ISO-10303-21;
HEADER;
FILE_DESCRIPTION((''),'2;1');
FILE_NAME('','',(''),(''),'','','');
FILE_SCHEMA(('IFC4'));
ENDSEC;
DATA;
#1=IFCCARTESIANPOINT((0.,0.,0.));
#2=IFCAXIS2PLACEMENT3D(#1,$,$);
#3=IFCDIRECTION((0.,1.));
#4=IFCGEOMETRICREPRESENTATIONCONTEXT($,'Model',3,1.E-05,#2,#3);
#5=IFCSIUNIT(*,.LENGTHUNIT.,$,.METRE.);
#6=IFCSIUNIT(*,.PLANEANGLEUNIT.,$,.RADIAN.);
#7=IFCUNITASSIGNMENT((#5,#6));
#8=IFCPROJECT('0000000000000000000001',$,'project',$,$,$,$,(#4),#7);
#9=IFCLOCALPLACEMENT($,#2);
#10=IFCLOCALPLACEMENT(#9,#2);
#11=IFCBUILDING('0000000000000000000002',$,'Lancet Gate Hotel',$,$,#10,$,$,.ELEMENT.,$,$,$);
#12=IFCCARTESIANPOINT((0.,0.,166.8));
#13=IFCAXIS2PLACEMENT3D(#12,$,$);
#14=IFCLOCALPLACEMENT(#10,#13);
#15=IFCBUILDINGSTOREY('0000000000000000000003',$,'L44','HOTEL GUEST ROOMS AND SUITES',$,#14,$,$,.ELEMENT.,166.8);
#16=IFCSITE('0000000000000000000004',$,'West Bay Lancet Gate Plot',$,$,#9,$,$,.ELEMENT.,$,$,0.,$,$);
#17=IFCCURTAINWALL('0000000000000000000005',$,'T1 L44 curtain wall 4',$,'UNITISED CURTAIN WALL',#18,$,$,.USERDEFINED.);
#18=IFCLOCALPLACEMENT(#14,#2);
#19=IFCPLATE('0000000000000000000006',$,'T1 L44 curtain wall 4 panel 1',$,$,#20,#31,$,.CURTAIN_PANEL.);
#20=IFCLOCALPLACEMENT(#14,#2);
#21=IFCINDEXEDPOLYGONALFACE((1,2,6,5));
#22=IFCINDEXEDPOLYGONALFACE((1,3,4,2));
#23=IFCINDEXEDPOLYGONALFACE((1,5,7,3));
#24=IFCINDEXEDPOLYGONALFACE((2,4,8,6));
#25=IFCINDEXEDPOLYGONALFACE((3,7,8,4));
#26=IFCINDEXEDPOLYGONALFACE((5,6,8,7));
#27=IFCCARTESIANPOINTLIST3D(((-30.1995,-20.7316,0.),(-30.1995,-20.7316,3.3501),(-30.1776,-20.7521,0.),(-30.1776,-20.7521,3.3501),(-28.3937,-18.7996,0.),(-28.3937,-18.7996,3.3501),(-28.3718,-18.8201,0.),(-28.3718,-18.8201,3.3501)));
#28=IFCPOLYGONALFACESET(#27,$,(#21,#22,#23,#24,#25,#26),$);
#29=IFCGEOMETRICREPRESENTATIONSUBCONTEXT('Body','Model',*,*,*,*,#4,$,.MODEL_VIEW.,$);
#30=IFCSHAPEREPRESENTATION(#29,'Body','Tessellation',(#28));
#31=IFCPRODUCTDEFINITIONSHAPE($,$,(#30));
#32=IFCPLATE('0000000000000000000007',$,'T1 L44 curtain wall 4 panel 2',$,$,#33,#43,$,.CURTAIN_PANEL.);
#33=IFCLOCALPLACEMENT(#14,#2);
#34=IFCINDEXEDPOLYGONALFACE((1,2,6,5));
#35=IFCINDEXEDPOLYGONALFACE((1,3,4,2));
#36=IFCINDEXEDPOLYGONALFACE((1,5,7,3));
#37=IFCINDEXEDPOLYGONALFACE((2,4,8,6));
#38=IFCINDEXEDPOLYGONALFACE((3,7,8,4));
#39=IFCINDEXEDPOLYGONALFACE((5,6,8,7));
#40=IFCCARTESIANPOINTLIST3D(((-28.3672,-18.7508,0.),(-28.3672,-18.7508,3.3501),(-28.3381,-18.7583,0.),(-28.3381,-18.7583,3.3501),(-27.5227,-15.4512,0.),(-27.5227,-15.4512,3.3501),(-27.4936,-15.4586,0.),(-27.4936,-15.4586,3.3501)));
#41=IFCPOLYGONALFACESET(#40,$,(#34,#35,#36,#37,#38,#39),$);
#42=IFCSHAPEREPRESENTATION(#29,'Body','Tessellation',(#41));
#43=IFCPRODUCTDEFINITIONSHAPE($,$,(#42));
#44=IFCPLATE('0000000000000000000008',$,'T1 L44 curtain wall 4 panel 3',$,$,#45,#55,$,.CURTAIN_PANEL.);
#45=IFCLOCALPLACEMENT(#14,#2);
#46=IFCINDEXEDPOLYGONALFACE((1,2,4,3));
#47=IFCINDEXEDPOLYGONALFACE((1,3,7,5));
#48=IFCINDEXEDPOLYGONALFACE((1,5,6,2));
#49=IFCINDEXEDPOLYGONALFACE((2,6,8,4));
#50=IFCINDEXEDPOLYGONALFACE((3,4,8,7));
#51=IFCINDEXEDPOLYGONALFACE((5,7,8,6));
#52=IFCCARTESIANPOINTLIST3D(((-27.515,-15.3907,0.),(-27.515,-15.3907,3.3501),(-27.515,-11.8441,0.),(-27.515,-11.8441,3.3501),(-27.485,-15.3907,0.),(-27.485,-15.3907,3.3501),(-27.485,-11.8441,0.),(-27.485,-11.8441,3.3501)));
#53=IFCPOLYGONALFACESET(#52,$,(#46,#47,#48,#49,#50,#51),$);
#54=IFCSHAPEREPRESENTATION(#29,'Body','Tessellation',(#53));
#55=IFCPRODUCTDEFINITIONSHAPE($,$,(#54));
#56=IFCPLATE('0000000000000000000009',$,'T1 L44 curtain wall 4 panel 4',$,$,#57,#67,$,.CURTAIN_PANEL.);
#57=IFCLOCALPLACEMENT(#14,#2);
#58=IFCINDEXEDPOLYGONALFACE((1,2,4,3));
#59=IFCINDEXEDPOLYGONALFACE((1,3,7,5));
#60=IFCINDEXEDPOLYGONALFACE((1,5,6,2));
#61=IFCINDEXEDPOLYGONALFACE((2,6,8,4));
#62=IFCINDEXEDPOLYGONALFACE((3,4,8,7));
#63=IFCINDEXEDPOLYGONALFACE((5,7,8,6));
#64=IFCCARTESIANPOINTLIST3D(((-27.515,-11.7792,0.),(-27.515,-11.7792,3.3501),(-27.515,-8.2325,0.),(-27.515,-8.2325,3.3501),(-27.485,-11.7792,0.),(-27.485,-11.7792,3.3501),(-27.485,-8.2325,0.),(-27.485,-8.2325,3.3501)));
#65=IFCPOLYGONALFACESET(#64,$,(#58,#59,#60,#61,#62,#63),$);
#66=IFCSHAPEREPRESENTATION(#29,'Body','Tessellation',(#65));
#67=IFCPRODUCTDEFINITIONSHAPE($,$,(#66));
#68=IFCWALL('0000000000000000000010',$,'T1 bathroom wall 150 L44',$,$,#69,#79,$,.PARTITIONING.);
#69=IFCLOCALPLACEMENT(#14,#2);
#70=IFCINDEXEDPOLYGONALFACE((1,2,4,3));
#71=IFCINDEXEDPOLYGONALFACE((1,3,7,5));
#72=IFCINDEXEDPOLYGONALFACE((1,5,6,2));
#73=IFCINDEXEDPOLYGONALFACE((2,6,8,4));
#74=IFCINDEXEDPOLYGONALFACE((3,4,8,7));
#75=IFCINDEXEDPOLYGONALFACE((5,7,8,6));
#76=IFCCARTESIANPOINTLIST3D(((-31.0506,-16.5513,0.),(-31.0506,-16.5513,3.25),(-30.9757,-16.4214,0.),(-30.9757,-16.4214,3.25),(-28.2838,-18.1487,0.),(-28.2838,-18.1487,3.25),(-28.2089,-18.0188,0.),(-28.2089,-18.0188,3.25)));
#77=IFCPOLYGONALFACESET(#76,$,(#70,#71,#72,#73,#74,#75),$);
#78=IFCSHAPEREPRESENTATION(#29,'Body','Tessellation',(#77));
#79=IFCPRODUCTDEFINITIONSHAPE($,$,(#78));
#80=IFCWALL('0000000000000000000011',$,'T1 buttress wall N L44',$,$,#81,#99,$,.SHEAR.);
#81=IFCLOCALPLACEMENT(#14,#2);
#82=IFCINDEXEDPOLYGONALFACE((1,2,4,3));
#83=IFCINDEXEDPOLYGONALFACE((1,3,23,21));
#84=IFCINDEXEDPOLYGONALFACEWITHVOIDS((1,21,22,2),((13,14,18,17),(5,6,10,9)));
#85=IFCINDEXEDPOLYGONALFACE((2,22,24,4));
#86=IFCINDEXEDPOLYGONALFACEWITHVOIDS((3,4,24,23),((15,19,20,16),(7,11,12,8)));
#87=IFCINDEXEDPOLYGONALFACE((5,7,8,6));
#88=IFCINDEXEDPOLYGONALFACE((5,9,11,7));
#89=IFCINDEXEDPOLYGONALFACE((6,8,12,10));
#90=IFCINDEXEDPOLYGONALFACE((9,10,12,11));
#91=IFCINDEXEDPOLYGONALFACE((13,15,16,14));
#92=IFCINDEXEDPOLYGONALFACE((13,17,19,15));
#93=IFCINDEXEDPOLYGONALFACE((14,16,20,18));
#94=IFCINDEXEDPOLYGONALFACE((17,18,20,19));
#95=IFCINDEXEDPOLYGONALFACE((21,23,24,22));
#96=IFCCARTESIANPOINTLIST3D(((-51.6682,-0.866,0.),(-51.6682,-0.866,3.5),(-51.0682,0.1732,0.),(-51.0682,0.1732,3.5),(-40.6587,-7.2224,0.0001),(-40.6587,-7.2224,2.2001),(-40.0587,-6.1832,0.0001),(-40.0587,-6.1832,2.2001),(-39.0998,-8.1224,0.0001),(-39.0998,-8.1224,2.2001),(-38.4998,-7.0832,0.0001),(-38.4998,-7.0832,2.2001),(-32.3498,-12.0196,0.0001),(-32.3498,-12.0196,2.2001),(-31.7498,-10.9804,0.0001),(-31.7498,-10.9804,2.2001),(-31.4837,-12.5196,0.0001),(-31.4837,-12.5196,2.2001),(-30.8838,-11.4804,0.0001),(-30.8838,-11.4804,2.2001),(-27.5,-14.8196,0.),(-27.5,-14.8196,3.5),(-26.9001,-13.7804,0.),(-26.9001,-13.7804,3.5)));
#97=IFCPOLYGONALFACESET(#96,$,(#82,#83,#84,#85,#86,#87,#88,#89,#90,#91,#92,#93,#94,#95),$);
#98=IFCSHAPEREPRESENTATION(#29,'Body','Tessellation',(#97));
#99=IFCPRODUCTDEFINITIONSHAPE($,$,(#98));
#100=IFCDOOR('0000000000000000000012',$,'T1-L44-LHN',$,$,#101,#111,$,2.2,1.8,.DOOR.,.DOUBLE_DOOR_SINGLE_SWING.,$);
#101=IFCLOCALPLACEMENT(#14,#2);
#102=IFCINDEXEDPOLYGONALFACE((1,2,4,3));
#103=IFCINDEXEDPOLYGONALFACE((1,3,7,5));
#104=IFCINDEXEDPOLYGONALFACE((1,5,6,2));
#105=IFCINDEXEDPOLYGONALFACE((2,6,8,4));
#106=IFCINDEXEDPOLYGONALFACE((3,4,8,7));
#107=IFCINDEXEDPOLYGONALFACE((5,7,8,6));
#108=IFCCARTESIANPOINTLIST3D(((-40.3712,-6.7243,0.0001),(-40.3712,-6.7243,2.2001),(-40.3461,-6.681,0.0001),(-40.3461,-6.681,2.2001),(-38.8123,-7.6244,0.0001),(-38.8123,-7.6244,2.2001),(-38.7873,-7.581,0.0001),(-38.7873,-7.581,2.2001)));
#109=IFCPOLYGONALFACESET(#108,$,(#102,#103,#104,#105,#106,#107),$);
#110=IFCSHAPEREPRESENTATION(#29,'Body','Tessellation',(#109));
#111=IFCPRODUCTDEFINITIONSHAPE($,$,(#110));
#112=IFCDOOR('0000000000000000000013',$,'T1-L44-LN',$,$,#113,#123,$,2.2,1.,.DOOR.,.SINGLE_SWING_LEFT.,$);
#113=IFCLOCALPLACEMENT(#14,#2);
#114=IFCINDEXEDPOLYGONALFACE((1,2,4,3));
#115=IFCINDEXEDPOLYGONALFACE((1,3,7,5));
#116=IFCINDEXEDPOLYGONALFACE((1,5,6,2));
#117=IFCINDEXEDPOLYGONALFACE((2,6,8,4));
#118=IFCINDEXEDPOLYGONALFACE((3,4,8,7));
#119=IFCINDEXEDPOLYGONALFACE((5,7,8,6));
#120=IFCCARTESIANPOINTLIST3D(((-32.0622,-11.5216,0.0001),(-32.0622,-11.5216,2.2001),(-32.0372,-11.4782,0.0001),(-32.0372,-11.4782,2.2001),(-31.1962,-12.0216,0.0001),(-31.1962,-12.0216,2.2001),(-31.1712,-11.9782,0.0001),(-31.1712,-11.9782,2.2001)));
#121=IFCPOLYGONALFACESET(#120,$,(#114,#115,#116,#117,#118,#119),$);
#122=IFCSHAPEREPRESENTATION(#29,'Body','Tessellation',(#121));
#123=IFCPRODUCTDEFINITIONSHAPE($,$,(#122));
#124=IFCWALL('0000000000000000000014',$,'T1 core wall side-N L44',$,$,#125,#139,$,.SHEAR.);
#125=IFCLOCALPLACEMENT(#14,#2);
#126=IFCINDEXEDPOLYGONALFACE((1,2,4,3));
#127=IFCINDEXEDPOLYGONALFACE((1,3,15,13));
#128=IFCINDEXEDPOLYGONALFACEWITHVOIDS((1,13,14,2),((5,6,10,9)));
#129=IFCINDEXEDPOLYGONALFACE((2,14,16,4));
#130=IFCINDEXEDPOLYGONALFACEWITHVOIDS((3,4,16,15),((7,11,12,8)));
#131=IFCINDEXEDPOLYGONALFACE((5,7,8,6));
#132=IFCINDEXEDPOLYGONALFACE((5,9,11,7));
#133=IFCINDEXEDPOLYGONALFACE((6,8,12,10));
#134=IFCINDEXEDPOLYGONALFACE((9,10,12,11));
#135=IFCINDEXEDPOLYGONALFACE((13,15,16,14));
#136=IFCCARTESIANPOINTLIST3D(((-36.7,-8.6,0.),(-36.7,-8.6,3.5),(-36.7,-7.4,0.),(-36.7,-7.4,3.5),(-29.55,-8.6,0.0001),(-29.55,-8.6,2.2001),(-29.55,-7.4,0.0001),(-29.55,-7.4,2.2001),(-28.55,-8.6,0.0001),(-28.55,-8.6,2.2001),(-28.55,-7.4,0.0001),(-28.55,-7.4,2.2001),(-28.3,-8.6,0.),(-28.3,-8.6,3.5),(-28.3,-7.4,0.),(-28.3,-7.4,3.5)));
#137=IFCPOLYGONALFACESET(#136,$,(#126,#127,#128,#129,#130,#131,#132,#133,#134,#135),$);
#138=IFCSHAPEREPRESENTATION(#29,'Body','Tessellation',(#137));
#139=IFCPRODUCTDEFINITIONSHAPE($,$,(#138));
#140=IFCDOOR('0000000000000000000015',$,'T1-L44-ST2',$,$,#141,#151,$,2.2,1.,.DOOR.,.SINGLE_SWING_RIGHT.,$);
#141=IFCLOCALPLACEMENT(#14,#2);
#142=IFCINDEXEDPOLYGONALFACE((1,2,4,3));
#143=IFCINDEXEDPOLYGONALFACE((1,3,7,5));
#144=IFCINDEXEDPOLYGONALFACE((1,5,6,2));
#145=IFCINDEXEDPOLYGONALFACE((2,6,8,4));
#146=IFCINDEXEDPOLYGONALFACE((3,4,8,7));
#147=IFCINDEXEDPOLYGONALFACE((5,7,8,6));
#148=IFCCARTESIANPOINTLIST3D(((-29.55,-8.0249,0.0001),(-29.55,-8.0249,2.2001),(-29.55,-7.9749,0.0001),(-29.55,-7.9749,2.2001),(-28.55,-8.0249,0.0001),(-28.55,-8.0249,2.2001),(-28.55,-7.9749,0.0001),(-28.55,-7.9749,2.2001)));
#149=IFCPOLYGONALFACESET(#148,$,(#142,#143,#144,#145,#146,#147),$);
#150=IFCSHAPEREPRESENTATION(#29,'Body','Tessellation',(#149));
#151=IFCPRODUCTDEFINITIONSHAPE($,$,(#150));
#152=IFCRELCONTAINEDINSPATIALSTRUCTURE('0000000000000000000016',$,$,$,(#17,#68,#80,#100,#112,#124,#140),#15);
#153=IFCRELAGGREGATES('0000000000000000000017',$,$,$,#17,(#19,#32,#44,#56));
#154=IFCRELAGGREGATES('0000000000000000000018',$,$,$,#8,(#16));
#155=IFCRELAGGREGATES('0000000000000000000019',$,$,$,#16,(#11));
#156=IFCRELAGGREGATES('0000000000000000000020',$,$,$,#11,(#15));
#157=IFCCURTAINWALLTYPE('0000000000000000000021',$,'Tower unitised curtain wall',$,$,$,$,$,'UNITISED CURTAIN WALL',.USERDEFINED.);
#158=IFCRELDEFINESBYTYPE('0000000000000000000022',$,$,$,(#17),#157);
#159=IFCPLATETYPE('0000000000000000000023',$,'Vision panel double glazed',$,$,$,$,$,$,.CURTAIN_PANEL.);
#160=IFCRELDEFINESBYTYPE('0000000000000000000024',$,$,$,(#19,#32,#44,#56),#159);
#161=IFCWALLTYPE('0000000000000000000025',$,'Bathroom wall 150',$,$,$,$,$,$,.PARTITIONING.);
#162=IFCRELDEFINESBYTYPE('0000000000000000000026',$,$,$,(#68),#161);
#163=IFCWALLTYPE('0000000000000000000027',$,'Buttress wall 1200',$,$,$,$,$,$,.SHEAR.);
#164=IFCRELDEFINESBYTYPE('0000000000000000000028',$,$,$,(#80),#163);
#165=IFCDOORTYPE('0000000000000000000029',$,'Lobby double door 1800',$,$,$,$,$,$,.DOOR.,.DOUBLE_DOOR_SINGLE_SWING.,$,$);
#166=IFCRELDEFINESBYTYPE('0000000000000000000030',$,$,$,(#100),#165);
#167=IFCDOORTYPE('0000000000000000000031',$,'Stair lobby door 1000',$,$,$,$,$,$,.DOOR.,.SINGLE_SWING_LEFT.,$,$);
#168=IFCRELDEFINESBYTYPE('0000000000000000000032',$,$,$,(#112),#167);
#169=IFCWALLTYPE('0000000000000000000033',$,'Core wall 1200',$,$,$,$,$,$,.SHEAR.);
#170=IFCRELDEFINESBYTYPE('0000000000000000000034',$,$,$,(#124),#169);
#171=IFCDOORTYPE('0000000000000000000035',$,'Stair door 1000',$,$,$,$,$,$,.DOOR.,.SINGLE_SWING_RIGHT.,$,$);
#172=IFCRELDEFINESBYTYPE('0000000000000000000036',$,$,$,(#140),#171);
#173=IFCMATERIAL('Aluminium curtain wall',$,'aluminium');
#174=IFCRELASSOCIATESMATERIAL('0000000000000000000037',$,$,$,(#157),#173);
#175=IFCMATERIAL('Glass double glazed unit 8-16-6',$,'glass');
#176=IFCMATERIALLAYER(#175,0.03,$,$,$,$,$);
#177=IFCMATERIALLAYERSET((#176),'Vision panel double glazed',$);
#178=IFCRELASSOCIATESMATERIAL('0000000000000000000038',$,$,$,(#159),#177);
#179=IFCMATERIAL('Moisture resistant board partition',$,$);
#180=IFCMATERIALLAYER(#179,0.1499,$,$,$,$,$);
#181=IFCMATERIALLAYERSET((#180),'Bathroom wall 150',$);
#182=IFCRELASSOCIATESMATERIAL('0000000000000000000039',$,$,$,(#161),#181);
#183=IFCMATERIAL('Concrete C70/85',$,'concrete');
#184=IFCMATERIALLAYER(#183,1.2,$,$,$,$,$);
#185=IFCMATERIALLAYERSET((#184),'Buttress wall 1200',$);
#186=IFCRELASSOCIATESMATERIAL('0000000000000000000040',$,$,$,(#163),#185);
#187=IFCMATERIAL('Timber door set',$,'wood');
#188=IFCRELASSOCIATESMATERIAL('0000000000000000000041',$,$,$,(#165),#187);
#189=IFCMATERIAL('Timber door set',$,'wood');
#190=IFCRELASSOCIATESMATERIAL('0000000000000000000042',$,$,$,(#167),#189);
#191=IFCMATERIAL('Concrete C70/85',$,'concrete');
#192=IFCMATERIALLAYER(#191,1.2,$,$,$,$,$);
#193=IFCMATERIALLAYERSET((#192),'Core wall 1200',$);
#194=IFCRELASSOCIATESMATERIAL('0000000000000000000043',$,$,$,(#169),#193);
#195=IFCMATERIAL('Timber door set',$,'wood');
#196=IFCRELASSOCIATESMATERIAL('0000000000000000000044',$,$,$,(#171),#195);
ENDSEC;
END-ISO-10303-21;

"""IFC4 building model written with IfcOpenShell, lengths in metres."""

from ifc_helpers import new_model, si_unit, direction, frame, frame_2d, origin, origin_2d, place, context, subcontext, project, spatial, rectangle, extrude, material, layer, layer_set, type_object, element, fill, aggregate, save


model = new_model("IFC4")

# Units and contexts
model_context = context("Model", 3, precision=1e-05, world=origin(), true_north=direction((0.0, 1.0)))
body_context = subcontext(model_context, "Body", "Model", "MODEL_VIEW")
ifc_project = project(units=[si_unit("LENGTHUNIT", "METRE"), si_unit("PLANEANGLEUNIT", "RADIAN")], contexts=[model_context])

# Site, building, storey
site_placement = place(None, origin())
site = spatial("IfcSite", under=ifc_project, at=site_placement, Name="West Bay Lancet Gate Plot", CompositionType="ELEMENT", RefElevation=0.0)
building_placement = place(site_placement, origin())
building = spatial("IfcBuilding", under=site, at=building_placement, Name="Lancet Gate Hotel", CompositionType="ELEMENT")
storey_placement = place(building_placement, frame((0.0, 0.0, 166.8)))
storey = spatial("IfcBuildingStorey", under=building, at=storey_placement, Name="L44", Description="HOTEL GUEST ROOMS AND SUITES", CompositionType="ELEMENT", Elevation=166.8)

# Curtain wall
ifc_material_1 = material(Name="Aluminium curtain wall", Category="aluminium")
curtain_wall_type = type_object("IfcCurtainWallType", Name="Tower unitised curtain wall", ElementType="UNITISED CURTAIN WALL", PredefinedType="USERDEFINED", material=ifc_material_1)
curtain_wall_placement = place(storey_placement, origin())
curtain_wall = element("IfcCurtainWall", 1, at=curtain_wall_placement, inside=storey, type_object=curtain_wall_type, Name="T1 L44 curtain wall 4", ObjectType="UNITISED CURTAIN WALL", PredefinedType="USERDEFINED")

# Plates
ifc_material_2 = material(Name="Glass double glazed unit 8-16-6", Category="glass")
ifc_layer_1 = layer(ifc_material_2, 0.03)
ifc_layer_set_1 = layer_set([ifc_layer_1], Name="Vision panel double glazed")
plate_type = type_object("IfcPlateType", Name="Vision panel double glazed", PredefinedType="CURTAIN_PANEL", material=ifc_layer_set_1)
plate_1_placement = place(storey_placement, frame((-29.2856, -19.7759, 0.0), z_axis=(0.0, 0.0, 1.0), x_axis=(0.682845, 0.730563, 0.0)))
plate_1 = element("IfcPlate", 2, at=plate_1_placement, type_object=plate_type, Name="T1 L44 curtain wall 4 panel 1", PredefinedType="CURTAIN_PANEL", context=body_context, shape_type="SweptSolid", body=[
    extrude(rectangle(XDim=2.6445, YDim=0.03, at=origin_2d()), origin(), (0.0, 0.0, 1.0), 3.3501),
])
plate_2_placement = place(storey_placement, frame((-27.9304, -17.1047, 0.0), z_axis=(0.0, 0.0, 1.0), x_axis=(0.247937, 0.968776, 0.0)))
plate_2 = element("IfcPlate", 3, at=plate_2_placement, type_object=plate_type, Name="T1 L44 curtain wall 4 panel 2", PredefinedType="CURTAIN_PANEL", context=body_context, shape_type="SweptSolid", body=[
    extrude(rectangle(XDim=3.406, YDim=0.03, at=origin_2d()), origin(), (0.0, 0.0, 1.0), 3.3501),
])
plate_3_placement = place(storey_placement, frame((-27.5, -13.6174, 0.0), z_axis=(0.0, 0.0, 1.0), x_axis=(0.0, 1.0, 0.0)))
plate_3 = element("IfcPlate", 4, at=plate_3_placement, type_object=plate_type, Name="T1 L44 curtain wall 4 panel 3", PredefinedType="CURTAIN_PANEL", context=body_context, shape_type="SweptSolid", body=[
    extrude(rectangle(XDim=3.5466, YDim=0.03, at=origin_2d()), origin(), (0.0, 0.0, 1.0), 3.3501),
])
plate_4_placement = place(storey_placement, frame((-27.5, -10.0059, 0.0), z_axis=(0.0, 0.0, 1.0), x_axis=(0.0, 1.0, 0.0)))
plate_4 = element("IfcPlate", 5, at=plate_4_placement, type_object=plate_type, Name="T1 L44 curtain wall 4 panel 4", PredefinedType="CURTAIN_PANEL", context=body_context, shape_type="SweptSolid", body=[
    extrude(rectangle(XDim=3.5466, YDim=0.03, at=origin_2d()), origin(), (0.0, 0.0, 1.0), 3.3501),
])
aggregate(curtain_wall, [plate_1, plate_2, plate_3, plate_4])

# Wall
ifc_material_3 = material(Name="Moisture resistant board partition")
ifc_layer_2 = layer(ifc_material_3, 0.1499)
ifc_layer_set_2 = layer_set([ifc_layer_2], Name="Bathroom wall 150")
wall_type_1 = type_object("IfcWallType", Name="Bathroom wall 150", PredefinedType="PARTITIONING", material=ifc_layer_set_2)
wall_1_placement = place(storey_placement, frame((-28.2463, -18.0837, 0.0), z_axis=(0.0, 0.0, 1.0), x_axis=(-0.866029, 0.499994, 0.0)))
element("IfcWall", 6, at=wall_1_placement, inside=storey, type_object=wall_type_1, Name="T1 bathroom wall 150 L44", PredefinedType="PARTITIONING", context=body_context, shape_type="SweptSolid", body=[
    extrude(rectangle(XDim=3.1948, YDim=0.1499, at=frame_2d((1.5974, 0.0))), origin(), (0.0, 0.0, 1.0), 3.25),
])

# Wall, openings, doors
ifc_material_4 = material(Name="Concrete C70/85", Category="concrete")
ifc_layer_3 = layer(ifc_material_4, 1.2)
ifc_layer_set_3 = layer_set([ifc_layer_3], Name="Buttress wall 1200")
wall_type_2 = type_object("IfcWallType", Name="Buttress wall 1200", PredefinedType="SHEAR", material=ifc_layer_set_3)
wall_2_placement = place(storey_placement, frame((-27.2, -14.3, 0.0), z_axis=(0.0, 0.0, 1.0), x_axis=(-0.866024, 0.500002, 0.0)))
wall_2 = element("IfcWall", 7, at=wall_2_placement, inside=storey, type_object=wall_type_2, Name="T1 buttress wall N L44", PredefinedType="SHEAR", context=body_context, shape_type="SweptSolid", body=[
    extrude(rectangle(XDim=27.907, YDim=1.2, at=frame_2d((13.9536, 0.0))), origin(), (0.0, 0.0, 1.0), 3.5),
])
opening_1_placement = place(wall_2_placement, frame((4.6001, 0.0, 0.0)))
opening_1 = element("IfcOpeningElement", 8, at=opening_1_placement, cuts=wall_2, PredefinedType="OPENING", context=body_context, shape_type="SweptSolid", body=[
    extrude(rectangle(XDim=1.0, YDim=2.2, at=frame_2d((0.5, 1.1001))), frame((0.0, 0.6099, 0.0), z_axis=(0.0, -1.0, 0.0), x_axis=(1.0, 0.0, 0.0)), (0.0, 0.0, 1.0), 1.22),
])
opening_2_placement = place(wall_2_placement, frame((13.3945, 0.0, 0.0)))
opening_2 = element("IfcOpeningElement", 9, at=opening_2_placement, cuts=wall_2, PredefinedType="OPENING", context=body_context, shape_type="SweptSolid", body=[
    extrude(rectangle(XDim=1.8, YDim=2.2, at=frame_2d((0.8999, 1.1001))), frame((0.0, 0.6099, 0.0), z_axis=(0.0, -1.0, 0.0), x_axis=(1.0, 0.0, 0.0)), (0.0, 0.0, 1.0), 1.22),
])
ifc_material_5 = material(Name="Timber door set", Category="wood")
door_type_1 = type_object("IfcDoorType", Name="Lobby double door 1800", OperationType="DOUBLE_DOOR_SINGLE_SWING", PredefinedType="DOOR", material=ifc_material_5)
door_1_placement = place(opening_2_placement, origin())
door_1 = element("IfcDoor", 10, at=door_1_placement, inside=storey, type_object=door_type_1, Name="T1-L44-LHN", OperationType="DOUBLE_DOOR_SINGLE_SWING", OverallHeight=2.2, OverallWidth=1.8, PredefinedType="DOOR", context=body_context, shape_type="SweptSolid", body=[
    extrude(rectangle(XDim=1.8, YDim=2.2, at=frame_2d((0.8999, 1.1001))), frame((0.0, 0.0249, 0.0), z_axis=(0.0, -1.0, 0.0), x_axis=(1.0, 0.0, 0.0)), (0.0, 0.0, 1.0), 0.05),
])
fill(opening_2, door_1)
ifc_material_6 = material(Name="Timber door set", Category="wood")
door_type_2 = type_object("IfcDoorType", Name="Stair lobby door 1000", OperationType="SINGLE_SWING_LEFT", PredefinedType="DOOR", material=ifc_material_6)
door_2_placement = place(opening_1_placement, origin())
door_2 = element("IfcDoor", 11, at=door_2_placement, inside=storey, type_object=door_type_2, Name="T1-L44-LN", OperationType="SINGLE_SWING_LEFT", OverallHeight=2.2, OverallWidth=1.0, PredefinedType="DOOR", context=body_context, shape_type="SweptSolid", body=[
    extrude(rectangle(XDim=1.0, YDim=2.2, at=frame_2d((0.5, 1.1001))), frame((0.0, 0.0249, 0.0), z_axis=(0.0, -1.0, 0.0), x_axis=(1.0, 0.0, 0.0)), (0.0, 0.0, 1.0), 0.05),
])
fill(opening_1, door_2)

# Wall, opening, door
ifc_material_7 = material(Name="Concrete C70/85", Category="concrete")
ifc_layer_4 = layer(ifc_material_7, 1.2)
ifc_layer_set_4 = layer_set([ifc_layer_4], Name="Core wall 1200")
wall_type_3 = type_object("IfcWallType", Name="Core wall 1200", PredefinedType="SHEAR", material=ifc_layer_set_4)
wall_3_placement = place(storey_placement, frame((-28.3, -8.0, 0.0), z_axis=(0.0, 0.0, 1.0), x_axis=(-1.0, 0.0, 0.0)))
wall_3 = element("IfcWall", 12, at=wall_3_placement, inside=storey, type_object=wall_type_3, Name="T1 core wall side-N L44", PredefinedType="SHEAR", context=body_context, shape_type="SweptSolid", body=[
    extrude(rectangle(XDim=8.3999, YDim=1.2, at=frame_2d((4.2, 0.0))), origin(), (0.0, 0.0, 1.0), 3.5),
])
opening_3_placement = place(wall_3_placement, frame((0.25, 0.0, 0.0)))
opening_3 = element("IfcOpeningElement", 13, at=opening_3_placement, cuts=wall_3, PredefinedType="OPENING", context=body_context, shape_type="SweptSolid", body=[
    extrude(rectangle(XDim=1.0, YDim=2.2, at=frame_2d((0.5, 1.1001))), frame((0.0, 0.6099, 0.0), z_axis=(0.0, -1.0, 0.0), x_axis=(1.0, 0.0, 0.0)), (0.0, 0.0, 1.0), 1.22),
])
ifc_material_8 = material(Name="Timber door set", Category="wood")
door_type_3 = type_object("IfcDoorType", Name="Stair door 1000", OperationType="SINGLE_SWING_RIGHT", PredefinedType="DOOR", material=ifc_material_8)
door_3_placement = place(opening_3_placement, origin())
door_3 = element("IfcDoor", 14, at=door_3_placement, inside=storey, type_object=door_type_3, Name="T1-L44-ST2", OperationType="SINGLE_SWING_RIGHT", OverallHeight=2.2, OverallWidth=1.0, PredefinedType="DOOR", context=body_context, shape_type="SweptSolid", body=[
    extrude(rectangle(XDim=1.0, YDim=2.2, at=frame_2d((0.5, 1.1001))), frame((0.0, 0.0249, 0.0), z_axis=(0.0, -1.0, 0.0), x_axis=(1.0, 0.0, 0.0)), (0.0, 0.0, 1.0), 0.05),
])
fill(opening_3, door_3)

save(model, "model.ifc")
